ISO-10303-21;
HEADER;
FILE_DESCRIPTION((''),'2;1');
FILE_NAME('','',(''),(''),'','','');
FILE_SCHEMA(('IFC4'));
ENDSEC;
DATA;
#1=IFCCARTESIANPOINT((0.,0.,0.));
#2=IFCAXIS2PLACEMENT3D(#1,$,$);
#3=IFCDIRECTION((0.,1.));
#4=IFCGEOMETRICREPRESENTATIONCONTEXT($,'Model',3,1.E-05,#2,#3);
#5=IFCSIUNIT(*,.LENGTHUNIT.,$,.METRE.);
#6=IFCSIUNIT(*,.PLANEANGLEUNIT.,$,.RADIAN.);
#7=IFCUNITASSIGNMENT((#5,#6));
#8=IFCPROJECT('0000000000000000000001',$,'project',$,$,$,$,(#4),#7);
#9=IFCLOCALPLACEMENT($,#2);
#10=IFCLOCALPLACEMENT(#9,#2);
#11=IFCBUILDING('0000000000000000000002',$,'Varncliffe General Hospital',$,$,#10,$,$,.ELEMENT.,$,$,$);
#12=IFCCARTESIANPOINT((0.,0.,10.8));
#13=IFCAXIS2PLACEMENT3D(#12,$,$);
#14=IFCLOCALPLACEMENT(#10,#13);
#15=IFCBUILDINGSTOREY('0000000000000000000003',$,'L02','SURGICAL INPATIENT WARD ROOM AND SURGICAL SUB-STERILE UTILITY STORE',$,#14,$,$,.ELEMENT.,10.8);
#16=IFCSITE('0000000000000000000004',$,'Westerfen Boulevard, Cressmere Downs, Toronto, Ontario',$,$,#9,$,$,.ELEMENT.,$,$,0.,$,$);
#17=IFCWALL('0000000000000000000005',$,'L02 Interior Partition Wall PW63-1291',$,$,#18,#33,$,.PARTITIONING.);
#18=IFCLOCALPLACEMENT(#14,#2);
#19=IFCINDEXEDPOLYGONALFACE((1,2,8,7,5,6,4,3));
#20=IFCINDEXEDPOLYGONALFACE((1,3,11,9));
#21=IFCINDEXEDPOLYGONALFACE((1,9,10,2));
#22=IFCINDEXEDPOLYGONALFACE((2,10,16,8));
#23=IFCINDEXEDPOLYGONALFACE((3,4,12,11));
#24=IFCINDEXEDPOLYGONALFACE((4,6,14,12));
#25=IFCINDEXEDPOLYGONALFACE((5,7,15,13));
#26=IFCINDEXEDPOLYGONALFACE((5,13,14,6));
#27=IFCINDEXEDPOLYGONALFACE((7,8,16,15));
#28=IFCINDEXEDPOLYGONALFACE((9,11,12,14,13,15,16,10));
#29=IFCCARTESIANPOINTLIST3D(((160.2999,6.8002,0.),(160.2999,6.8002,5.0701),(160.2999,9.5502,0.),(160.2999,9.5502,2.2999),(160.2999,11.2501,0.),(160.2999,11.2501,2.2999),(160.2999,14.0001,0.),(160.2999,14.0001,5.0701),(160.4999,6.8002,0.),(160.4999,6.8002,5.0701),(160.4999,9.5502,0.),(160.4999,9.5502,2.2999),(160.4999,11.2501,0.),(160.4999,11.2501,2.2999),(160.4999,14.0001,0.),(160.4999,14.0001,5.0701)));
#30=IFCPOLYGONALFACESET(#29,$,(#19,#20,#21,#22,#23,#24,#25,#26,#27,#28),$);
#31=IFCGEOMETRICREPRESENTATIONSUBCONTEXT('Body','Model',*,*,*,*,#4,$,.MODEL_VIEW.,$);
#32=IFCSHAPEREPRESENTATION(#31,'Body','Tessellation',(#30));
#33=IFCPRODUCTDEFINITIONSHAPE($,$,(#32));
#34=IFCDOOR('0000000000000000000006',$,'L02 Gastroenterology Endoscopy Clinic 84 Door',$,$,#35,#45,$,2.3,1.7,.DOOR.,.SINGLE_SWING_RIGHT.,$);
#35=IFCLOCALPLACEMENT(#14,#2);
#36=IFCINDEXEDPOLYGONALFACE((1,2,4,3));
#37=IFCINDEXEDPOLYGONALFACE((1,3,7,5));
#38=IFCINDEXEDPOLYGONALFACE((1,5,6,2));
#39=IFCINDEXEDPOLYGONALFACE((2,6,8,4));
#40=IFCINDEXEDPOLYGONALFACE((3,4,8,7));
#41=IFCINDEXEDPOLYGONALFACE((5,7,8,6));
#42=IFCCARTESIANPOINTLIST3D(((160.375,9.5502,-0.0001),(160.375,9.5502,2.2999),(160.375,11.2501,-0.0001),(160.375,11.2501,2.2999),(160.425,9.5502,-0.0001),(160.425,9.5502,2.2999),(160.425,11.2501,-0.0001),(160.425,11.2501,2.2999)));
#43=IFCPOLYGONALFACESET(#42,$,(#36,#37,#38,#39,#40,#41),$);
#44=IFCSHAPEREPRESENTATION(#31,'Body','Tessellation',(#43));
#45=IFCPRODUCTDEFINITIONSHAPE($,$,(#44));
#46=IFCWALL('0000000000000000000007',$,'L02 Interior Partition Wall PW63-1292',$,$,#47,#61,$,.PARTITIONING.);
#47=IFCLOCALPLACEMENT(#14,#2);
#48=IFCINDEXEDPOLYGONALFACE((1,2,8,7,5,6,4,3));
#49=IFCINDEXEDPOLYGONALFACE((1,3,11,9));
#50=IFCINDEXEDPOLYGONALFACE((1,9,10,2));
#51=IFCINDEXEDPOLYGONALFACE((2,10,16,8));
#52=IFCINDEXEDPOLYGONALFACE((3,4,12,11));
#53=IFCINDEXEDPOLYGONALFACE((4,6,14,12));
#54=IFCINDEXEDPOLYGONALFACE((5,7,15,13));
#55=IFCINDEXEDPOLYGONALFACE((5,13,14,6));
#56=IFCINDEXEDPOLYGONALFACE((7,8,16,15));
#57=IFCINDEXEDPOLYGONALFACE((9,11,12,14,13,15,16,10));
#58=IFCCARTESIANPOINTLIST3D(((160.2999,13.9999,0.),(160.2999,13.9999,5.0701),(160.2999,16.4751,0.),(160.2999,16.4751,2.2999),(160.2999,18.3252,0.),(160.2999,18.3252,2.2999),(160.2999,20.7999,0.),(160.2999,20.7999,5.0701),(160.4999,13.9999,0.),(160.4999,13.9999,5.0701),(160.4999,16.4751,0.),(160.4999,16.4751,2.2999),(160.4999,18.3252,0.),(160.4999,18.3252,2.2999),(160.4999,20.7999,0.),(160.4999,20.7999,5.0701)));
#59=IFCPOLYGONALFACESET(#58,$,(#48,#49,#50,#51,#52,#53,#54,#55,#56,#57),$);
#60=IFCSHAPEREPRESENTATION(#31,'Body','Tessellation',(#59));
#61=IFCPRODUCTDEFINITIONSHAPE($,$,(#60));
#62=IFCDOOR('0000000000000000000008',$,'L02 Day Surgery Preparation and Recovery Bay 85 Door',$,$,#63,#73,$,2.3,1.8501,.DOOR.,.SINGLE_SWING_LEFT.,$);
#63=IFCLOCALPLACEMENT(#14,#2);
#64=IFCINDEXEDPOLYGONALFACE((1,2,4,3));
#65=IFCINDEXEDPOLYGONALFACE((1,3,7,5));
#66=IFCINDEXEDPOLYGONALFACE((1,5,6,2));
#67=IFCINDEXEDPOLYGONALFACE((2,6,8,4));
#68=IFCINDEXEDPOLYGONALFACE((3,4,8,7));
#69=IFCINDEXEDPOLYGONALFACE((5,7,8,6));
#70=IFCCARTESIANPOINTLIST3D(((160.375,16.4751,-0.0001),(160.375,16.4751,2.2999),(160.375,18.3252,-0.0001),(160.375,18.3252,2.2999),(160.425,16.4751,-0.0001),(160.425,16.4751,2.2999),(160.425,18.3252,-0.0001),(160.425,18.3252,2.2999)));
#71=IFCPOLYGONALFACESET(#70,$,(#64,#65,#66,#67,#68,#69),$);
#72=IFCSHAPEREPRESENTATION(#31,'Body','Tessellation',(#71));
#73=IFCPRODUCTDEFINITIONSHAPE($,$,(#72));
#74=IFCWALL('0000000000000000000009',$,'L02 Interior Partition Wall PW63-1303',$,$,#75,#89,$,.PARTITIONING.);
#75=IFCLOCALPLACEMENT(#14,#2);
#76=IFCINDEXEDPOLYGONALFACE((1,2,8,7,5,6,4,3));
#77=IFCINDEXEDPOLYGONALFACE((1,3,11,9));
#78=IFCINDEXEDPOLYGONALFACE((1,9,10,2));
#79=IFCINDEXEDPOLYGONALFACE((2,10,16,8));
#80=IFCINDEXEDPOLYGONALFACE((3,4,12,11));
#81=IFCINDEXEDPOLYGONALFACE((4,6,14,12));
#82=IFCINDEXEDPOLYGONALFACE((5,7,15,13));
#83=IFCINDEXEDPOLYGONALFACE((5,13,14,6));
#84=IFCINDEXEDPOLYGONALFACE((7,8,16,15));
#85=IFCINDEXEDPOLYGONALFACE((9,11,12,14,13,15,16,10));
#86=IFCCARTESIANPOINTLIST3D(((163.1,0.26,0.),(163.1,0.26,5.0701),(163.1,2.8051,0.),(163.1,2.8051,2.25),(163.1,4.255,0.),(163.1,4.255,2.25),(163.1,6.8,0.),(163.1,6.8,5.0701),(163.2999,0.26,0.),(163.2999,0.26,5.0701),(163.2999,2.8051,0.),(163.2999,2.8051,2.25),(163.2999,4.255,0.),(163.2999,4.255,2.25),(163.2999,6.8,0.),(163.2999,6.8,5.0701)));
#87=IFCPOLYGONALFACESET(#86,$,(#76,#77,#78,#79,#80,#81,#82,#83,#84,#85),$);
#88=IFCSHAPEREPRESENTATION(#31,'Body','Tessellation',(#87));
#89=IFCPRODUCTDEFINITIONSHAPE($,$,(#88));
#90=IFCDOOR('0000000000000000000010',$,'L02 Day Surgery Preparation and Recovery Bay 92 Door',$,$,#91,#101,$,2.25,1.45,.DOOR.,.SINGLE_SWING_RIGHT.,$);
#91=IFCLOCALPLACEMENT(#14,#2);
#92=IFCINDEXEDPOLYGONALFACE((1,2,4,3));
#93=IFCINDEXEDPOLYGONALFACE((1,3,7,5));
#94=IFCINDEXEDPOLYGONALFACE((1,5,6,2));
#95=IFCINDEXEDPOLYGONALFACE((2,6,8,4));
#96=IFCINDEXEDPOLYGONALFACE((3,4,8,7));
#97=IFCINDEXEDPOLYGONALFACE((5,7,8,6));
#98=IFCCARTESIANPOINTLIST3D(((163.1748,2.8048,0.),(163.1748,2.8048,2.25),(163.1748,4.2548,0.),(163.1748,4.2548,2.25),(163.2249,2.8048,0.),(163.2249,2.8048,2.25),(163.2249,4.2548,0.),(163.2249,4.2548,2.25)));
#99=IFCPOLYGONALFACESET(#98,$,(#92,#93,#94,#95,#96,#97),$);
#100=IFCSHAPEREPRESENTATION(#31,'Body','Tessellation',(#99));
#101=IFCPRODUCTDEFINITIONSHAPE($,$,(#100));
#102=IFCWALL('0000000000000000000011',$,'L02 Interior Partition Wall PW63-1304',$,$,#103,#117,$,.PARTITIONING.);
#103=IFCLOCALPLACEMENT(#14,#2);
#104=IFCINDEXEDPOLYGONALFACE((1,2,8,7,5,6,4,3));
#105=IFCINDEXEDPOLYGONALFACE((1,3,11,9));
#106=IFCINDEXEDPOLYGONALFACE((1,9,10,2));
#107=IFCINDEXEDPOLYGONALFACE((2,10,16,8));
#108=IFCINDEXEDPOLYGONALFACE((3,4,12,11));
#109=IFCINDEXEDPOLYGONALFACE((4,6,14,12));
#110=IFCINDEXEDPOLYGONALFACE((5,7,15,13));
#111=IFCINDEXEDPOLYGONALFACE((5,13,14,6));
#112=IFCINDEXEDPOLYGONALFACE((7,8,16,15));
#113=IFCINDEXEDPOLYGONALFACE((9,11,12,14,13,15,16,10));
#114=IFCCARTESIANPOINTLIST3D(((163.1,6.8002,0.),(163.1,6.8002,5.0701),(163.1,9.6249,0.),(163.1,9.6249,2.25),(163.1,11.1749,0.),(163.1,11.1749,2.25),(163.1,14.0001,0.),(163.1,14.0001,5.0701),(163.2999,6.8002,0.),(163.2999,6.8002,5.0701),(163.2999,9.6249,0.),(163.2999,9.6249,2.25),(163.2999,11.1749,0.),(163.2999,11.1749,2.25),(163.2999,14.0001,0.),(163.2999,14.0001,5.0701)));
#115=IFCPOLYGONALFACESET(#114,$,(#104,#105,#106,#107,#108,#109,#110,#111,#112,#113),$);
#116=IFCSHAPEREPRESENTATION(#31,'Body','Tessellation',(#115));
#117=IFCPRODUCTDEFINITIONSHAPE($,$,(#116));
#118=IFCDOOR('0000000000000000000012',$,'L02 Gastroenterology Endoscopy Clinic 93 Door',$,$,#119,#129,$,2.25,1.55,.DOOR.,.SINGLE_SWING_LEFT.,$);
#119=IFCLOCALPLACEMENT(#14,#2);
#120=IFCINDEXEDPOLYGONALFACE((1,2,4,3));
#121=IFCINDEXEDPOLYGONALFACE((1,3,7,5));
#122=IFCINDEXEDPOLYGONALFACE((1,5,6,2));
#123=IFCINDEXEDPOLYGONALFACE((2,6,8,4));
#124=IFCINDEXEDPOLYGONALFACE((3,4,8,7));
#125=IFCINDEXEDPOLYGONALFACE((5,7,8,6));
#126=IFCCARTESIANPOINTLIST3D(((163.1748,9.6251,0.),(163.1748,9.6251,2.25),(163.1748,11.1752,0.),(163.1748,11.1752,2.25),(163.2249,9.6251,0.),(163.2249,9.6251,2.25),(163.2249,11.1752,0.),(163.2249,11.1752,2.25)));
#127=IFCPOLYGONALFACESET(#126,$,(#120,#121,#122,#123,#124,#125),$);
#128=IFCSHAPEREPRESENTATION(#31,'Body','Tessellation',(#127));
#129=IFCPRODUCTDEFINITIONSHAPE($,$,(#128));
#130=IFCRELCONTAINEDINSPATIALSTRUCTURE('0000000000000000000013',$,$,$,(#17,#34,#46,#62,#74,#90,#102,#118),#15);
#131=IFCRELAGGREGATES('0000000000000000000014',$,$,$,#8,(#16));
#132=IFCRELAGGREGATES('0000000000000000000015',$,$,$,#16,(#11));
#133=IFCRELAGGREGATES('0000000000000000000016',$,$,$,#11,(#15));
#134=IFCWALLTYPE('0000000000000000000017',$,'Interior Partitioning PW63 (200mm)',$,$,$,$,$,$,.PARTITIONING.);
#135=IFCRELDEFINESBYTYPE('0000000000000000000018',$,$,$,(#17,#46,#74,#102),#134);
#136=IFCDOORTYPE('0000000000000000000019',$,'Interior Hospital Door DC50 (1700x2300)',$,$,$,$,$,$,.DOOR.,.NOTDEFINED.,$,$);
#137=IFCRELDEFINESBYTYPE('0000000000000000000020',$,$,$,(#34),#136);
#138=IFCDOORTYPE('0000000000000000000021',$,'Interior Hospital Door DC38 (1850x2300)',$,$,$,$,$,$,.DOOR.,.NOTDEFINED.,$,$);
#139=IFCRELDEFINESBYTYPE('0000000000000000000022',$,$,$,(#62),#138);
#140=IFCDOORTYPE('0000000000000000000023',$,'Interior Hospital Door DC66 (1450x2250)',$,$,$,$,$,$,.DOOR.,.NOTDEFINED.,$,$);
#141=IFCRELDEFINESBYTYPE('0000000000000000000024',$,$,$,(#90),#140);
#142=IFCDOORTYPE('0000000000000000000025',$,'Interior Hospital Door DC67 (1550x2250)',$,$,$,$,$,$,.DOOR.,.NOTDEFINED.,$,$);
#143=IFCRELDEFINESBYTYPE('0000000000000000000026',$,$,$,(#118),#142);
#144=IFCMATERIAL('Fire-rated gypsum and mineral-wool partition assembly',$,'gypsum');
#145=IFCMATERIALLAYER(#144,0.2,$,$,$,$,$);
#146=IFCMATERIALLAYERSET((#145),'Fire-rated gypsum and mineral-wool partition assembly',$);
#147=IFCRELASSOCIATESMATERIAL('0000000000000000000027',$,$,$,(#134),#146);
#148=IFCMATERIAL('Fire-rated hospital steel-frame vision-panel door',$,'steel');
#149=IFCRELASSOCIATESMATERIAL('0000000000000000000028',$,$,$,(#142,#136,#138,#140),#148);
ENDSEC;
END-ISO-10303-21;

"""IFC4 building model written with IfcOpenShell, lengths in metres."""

from ifc_helpers import new_model, si_unit, direction, frame, frame_2d, origin, place, context, subcontext, project, spatial, rectangle, extrude, material, layer, layer_set, type_object, element, fill, save


model = new_model("IFC4")

# Units and contexts
model_context = context("Model", 3, precision=1e-05, world=origin(), true_north=direction((0.0, 1.0)))
body_context = subcontext(model_context, "Body", "Model", "MODEL_VIEW")
ifc_project = project(units=[si_unit("LENGTHUNIT", "METRE"), si_unit("PLANEANGLEUNIT", "RADIAN")], contexts=[model_context])

# Site, building, storey
site_placement = place(None, origin())
site = spatial("IfcSite", under=ifc_project, at=site_placement, Name="Westerfen Boulevard, Cressmere Downs, Toronto, Ontario", CompositionType="ELEMENT", RefElevation=0.0)
building_placement = place(site_placement, origin())
building = spatial("IfcBuilding", under=site, at=building_placement, Name="Varncliffe General Hospital", CompositionType="ELEMENT")
storey_placement = place(building_placement, frame((0.0, 0.0, 10.8)))
storey = spatial("IfcBuildingStorey", under=building, at=storey_placement, Name="L02", Description="SURGICAL INPATIENT WARD ROOM AND SURGICAL SUB-STERILE UTILITY STORE", CompositionType="ELEMENT", Elevation=10.8)

# Walls, openings, doors
ifc_material_1 = material(Name="Fire-rated gypsum and mineral-wool partition assembly", Category="gypsum")
ifc_layer_1 = layer(ifc_material_1, 0.2)
ifc_layer_set_1 = layer_set([ifc_layer_1], Name="Fire-rated gypsum and mineral-wool partition assembly")
wall_type_1 = type_object("IfcWallType", Name="Interior Partitioning PW63 (200mm)", PredefinedType="PARTITIONING", material=ifc_layer_set_1)
ifc_material_2 = material(Name="Fire-rated hospital steel-frame vision-panel door", Category="steel")
door_type_1 = type_object("IfcDoorType", Name="Interior Hospital Door DC67 (1550x2250)", OperationType="NOTDEFINED", PredefinedType="DOOR", material=ifc_material_2)
wall_1_placement = place(storey_placement, frame((160.3999, 6.8, 0.0), z_axis=(0.0, 0.0, 1.0), x_axis=(0.0, 1.0, 0.0)))
wall_1 = element("IfcWall", 1, at=wall_1_placement, inside=storey, type_object=wall_type_1, Name="L02 Interior Partition Wall PW63-1291", PredefinedType="PARTITIONING", context=body_context, shape_type="SweptSolid", body=[
    extrude(rectangle(XDim=7.2, YDim=0.2, at=frame_2d((3.6001, 0.0))), origin(), (0.0, 0.0, 1.0), 5.0701),
])
opening_1_placement = place(wall_1_placement, frame((2.75, 0.0, 0.0)))
opening_1 = element("IfcOpeningElement", 2, at=opening_1_placement, cuts=wall_1, PredefinedType="OPENING", context=body_context, shape_type="SweptSolid", body=[
    extrude(rectangle(XDim=1.7, YDim=2.3, at=frame_2d((0.8501, 1.1499))), frame((0.0, 0.1099, 0.0), z_axis=(0.0, -1.0, 0.0), x_axis=(1.0, 0.0, 0.0)), (0.0, 0.0, 1.0), 0.22),
])
door_type_2 = type_object("IfcDoorType", Name="Interior Hospital Door DC50 (1700x2300)", OperationType="NOTDEFINED", PredefinedType="DOOR", material=ifc_material_2)
door_1_placement = place(opening_1_placement, origin())
door_1 = element("IfcDoor", 3, at=door_1_placement, inside=storey, type_object=door_type_2, Name="L02 Gastroenterology Endoscopy Clinic 84 Door", OperationType="SINGLE_SWING_RIGHT", OverallHeight=2.3, OverallWidth=1.7, PredefinedType="DOOR", context=body_context, shape_type="SweptSolid", body=[
    extrude(rectangle(XDim=1.7, YDim=2.3, at=frame_2d((0.8501, 1.1499))), frame((0.0, 0.0249, 0.0), z_axis=(0.0, -1.0, 0.0), x_axis=(1.0, 0.0, 0.0)), (0.0, 0.0, 1.0), 0.05),
])
fill(opening_1, door_1)
wall_2_placement = place(storey_placement, frame((160.3999, 14.0, 0.0), z_axis=(0.0, 0.0, 1.0), x_axis=(0.0, 1.0, 0.0)))
wall_2 = element("IfcWall", 4, at=wall_2_placement, inside=storey, type_object=wall_type_1, Name="L02 Interior Partition Wall PW63-1292", PredefinedType="PARTITIONING", context=body_context, shape_type="SweptSolid", body=[
    extrude(rectangle(XDim=6.8, YDim=0.2, at=frame_2d((3.3999, 0.0))), origin(), (0.0, 0.0, 1.0), 5.0701),
])
opening_2_placement = place(wall_2_placement, frame((2.4751, 0.0, 0.0)))
opening_2 = element("IfcOpeningElement", 5, at=opening_2_placement, cuts=wall_2, PredefinedType="OPENING", context=body_context, shape_type="SweptSolid", body=[
    extrude(rectangle(XDim=1.8501, YDim=2.3, at=frame_2d((0.925, 1.1499))), frame((0.0, 0.1099, 0.0), z_axis=(0.0, -1.0, 0.0), x_axis=(1.0, 0.0, 0.0)), (0.0, 0.0, 1.0), 0.22),
])
door_type_3 = type_object("IfcDoorType", Name="Interior Hospital Door DC38 (1850x2300)", OperationType="NOTDEFINED", PredefinedType="DOOR", material=ifc_material_2)
door_2_placement = place(opening_2_placement, origin())
door_2 = element("IfcDoor", 6, at=door_2_placement, inside=storey, type_object=door_type_3, Name="L02 Day Surgery Preparation and Recovery Bay 85 Door", OperationType="SINGLE_SWING_LEFT", OverallHeight=2.3, OverallWidth=1.8501, PredefinedType="DOOR", context=body_context, shape_type="SweptSolid", body=[
    extrude(rectangle(XDim=1.8501, YDim=2.3, at=frame_2d((0.925, 1.1499))), frame((0.0, 0.0249, 0.0), z_axis=(0.0, -1.0, 0.0), x_axis=(1.0, 0.0, 0.0)), (0.0, 0.0, 1.0), 0.05),
])
fill(opening_2, door_2)
wall_3_placement = place(storey_placement, frame((163.2, 0.26, 0.0), z_axis=(0.0, 0.0, 1.0), x_axis=(0.0, 1.0, 0.0)))
wall_3 = element("IfcWall", 7, at=wall_3_placement, inside=storey, type_object=wall_type_1, Name="L02 Interior Partition Wall PW63-1303", PredefinedType="PARTITIONING", context=body_context, shape_type="SweptSolid", body=[
    extrude(rectangle(XDim=6.54, YDim=0.2, at=frame_2d((3.27, 0.0))), origin(), (0.0, 0.0, 1.0), 5.0701),
])
opening_3_placement = place(wall_3_placement, frame((2.5449, 0.0, 0.0)))
opening_3 = element("IfcOpeningElement", 8, at=opening_3_placement, cuts=wall_3, PredefinedType="OPENING", context=body_context, shape_type="SweptSolid", body=[
    extrude(rectangle(XDim=1.45, YDim=2.25, at=frame_2d((0.7251, 1.125))), frame((0.0, 0.1099, 0.0), z_axis=(0.0, -1.0, 0.0), x_axis=(1.0, 0.0, 0.0)), (0.0, 0.0, 1.0), 0.22),
])
door_type_4 = type_object("IfcDoorType", Name="Interior Hospital Door DC66 (1450x2250)", OperationType="NOTDEFINED", PredefinedType="DOOR", material=ifc_material_2)
door_3_placement = place(opening_3_placement, frame((1.45, 0.0, 0.0), z_axis=(0.0, 0.0, 1.0), x_axis=(-1.0, 0.0, 0.0)))
door_3 = element("IfcDoor", 9, at=door_3_placement, inside=storey, type_object=door_type_4, Name="L02 Day Surgery Preparation and Recovery Bay 92 Door", OperationType="SINGLE_SWING_RIGHT", OverallHeight=2.25, OverallWidth=1.45, PredefinedType="DOOR", context=body_context, shape_type="SweptSolid", body=[
    extrude(rectangle(XDim=1.45, YDim=2.25, at=frame_2d((0.7251, 1.125))), frame((0.0, 0.0249, 0.0), z_axis=(0.0, -1.0, 0.0), x_axis=(1.0, 0.0, 0.0)), (0.0, 0.0, 1.0), 0.05),
])
fill(opening_3, door_3)
wall_4_placement = place(storey_placement, frame((163.2, 6.8, 0.0), z_axis=(0.0, 0.0, 1.0), x_axis=(0.0, 1.0, 0.0)))
wall_4 = element("IfcWall", 10, at=wall_4_placement, inside=storey, type_object=wall_type_1, Name="L02 Interior Partition Wall PW63-1304", PredefinedType="PARTITIONING", context=body_context, shape_type="SweptSolid", body=[
    extrude(rectangle(XDim=7.2, YDim=0.2, at=frame_2d((3.6001, 0.0))), origin(), (0.0, 0.0, 1.0), 5.0701),
])
opening_4_placement = place(wall_4_placement, frame((2.825, 0.0, 0.0)))
opening_4 = element("IfcOpeningElement", 11, at=opening_4_placement, cuts=wall_4, PredefinedType="OPENING", context=body_context, shape_type="SweptSolid", body=[
    extrude(rectangle(XDim=1.55, YDim=2.25, at=frame_2d((0.7749, 1.125))), frame((0.0, 0.1099, 0.0), z_axis=(0.0, -1.0, 0.0), x_axis=(1.0, 0.0, 0.0)), (0.0, 0.0, 1.0), 0.22),
])
door_4_placement = place(opening_4_placement, frame((1.55, 0.0, 0.0), z_axis=(0.0, 0.0, 1.0), x_axis=(-1.0, 0.0, 0.0)))
door_4 = element("IfcDoor", 12, at=door_4_placement, inside=storey, type_object=door_type_1, Name="L02 Gastroenterology Endoscopy Clinic 93 Door", OperationType="SINGLE_SWING_LEFT", OverallHeight=2.25, OverallWidth=1.55, PredefinedType="DOOR", context=body_context, shape_type="SweptSolid", body=[
    extrude(rectangle(XDim=1.55, YDim=2.25, at=frame_2d((0.7749, 1.125))), frame((0.0, 0.0249, 0.0), z_axis=(0.0, -1.0, 0.0), x_axis=(1.0, 0.0, 0.0)), (0.0, 0.0, 1.0), 0.05),
])
fill(opening_4, door_4)

save(model, "model.ifc")
